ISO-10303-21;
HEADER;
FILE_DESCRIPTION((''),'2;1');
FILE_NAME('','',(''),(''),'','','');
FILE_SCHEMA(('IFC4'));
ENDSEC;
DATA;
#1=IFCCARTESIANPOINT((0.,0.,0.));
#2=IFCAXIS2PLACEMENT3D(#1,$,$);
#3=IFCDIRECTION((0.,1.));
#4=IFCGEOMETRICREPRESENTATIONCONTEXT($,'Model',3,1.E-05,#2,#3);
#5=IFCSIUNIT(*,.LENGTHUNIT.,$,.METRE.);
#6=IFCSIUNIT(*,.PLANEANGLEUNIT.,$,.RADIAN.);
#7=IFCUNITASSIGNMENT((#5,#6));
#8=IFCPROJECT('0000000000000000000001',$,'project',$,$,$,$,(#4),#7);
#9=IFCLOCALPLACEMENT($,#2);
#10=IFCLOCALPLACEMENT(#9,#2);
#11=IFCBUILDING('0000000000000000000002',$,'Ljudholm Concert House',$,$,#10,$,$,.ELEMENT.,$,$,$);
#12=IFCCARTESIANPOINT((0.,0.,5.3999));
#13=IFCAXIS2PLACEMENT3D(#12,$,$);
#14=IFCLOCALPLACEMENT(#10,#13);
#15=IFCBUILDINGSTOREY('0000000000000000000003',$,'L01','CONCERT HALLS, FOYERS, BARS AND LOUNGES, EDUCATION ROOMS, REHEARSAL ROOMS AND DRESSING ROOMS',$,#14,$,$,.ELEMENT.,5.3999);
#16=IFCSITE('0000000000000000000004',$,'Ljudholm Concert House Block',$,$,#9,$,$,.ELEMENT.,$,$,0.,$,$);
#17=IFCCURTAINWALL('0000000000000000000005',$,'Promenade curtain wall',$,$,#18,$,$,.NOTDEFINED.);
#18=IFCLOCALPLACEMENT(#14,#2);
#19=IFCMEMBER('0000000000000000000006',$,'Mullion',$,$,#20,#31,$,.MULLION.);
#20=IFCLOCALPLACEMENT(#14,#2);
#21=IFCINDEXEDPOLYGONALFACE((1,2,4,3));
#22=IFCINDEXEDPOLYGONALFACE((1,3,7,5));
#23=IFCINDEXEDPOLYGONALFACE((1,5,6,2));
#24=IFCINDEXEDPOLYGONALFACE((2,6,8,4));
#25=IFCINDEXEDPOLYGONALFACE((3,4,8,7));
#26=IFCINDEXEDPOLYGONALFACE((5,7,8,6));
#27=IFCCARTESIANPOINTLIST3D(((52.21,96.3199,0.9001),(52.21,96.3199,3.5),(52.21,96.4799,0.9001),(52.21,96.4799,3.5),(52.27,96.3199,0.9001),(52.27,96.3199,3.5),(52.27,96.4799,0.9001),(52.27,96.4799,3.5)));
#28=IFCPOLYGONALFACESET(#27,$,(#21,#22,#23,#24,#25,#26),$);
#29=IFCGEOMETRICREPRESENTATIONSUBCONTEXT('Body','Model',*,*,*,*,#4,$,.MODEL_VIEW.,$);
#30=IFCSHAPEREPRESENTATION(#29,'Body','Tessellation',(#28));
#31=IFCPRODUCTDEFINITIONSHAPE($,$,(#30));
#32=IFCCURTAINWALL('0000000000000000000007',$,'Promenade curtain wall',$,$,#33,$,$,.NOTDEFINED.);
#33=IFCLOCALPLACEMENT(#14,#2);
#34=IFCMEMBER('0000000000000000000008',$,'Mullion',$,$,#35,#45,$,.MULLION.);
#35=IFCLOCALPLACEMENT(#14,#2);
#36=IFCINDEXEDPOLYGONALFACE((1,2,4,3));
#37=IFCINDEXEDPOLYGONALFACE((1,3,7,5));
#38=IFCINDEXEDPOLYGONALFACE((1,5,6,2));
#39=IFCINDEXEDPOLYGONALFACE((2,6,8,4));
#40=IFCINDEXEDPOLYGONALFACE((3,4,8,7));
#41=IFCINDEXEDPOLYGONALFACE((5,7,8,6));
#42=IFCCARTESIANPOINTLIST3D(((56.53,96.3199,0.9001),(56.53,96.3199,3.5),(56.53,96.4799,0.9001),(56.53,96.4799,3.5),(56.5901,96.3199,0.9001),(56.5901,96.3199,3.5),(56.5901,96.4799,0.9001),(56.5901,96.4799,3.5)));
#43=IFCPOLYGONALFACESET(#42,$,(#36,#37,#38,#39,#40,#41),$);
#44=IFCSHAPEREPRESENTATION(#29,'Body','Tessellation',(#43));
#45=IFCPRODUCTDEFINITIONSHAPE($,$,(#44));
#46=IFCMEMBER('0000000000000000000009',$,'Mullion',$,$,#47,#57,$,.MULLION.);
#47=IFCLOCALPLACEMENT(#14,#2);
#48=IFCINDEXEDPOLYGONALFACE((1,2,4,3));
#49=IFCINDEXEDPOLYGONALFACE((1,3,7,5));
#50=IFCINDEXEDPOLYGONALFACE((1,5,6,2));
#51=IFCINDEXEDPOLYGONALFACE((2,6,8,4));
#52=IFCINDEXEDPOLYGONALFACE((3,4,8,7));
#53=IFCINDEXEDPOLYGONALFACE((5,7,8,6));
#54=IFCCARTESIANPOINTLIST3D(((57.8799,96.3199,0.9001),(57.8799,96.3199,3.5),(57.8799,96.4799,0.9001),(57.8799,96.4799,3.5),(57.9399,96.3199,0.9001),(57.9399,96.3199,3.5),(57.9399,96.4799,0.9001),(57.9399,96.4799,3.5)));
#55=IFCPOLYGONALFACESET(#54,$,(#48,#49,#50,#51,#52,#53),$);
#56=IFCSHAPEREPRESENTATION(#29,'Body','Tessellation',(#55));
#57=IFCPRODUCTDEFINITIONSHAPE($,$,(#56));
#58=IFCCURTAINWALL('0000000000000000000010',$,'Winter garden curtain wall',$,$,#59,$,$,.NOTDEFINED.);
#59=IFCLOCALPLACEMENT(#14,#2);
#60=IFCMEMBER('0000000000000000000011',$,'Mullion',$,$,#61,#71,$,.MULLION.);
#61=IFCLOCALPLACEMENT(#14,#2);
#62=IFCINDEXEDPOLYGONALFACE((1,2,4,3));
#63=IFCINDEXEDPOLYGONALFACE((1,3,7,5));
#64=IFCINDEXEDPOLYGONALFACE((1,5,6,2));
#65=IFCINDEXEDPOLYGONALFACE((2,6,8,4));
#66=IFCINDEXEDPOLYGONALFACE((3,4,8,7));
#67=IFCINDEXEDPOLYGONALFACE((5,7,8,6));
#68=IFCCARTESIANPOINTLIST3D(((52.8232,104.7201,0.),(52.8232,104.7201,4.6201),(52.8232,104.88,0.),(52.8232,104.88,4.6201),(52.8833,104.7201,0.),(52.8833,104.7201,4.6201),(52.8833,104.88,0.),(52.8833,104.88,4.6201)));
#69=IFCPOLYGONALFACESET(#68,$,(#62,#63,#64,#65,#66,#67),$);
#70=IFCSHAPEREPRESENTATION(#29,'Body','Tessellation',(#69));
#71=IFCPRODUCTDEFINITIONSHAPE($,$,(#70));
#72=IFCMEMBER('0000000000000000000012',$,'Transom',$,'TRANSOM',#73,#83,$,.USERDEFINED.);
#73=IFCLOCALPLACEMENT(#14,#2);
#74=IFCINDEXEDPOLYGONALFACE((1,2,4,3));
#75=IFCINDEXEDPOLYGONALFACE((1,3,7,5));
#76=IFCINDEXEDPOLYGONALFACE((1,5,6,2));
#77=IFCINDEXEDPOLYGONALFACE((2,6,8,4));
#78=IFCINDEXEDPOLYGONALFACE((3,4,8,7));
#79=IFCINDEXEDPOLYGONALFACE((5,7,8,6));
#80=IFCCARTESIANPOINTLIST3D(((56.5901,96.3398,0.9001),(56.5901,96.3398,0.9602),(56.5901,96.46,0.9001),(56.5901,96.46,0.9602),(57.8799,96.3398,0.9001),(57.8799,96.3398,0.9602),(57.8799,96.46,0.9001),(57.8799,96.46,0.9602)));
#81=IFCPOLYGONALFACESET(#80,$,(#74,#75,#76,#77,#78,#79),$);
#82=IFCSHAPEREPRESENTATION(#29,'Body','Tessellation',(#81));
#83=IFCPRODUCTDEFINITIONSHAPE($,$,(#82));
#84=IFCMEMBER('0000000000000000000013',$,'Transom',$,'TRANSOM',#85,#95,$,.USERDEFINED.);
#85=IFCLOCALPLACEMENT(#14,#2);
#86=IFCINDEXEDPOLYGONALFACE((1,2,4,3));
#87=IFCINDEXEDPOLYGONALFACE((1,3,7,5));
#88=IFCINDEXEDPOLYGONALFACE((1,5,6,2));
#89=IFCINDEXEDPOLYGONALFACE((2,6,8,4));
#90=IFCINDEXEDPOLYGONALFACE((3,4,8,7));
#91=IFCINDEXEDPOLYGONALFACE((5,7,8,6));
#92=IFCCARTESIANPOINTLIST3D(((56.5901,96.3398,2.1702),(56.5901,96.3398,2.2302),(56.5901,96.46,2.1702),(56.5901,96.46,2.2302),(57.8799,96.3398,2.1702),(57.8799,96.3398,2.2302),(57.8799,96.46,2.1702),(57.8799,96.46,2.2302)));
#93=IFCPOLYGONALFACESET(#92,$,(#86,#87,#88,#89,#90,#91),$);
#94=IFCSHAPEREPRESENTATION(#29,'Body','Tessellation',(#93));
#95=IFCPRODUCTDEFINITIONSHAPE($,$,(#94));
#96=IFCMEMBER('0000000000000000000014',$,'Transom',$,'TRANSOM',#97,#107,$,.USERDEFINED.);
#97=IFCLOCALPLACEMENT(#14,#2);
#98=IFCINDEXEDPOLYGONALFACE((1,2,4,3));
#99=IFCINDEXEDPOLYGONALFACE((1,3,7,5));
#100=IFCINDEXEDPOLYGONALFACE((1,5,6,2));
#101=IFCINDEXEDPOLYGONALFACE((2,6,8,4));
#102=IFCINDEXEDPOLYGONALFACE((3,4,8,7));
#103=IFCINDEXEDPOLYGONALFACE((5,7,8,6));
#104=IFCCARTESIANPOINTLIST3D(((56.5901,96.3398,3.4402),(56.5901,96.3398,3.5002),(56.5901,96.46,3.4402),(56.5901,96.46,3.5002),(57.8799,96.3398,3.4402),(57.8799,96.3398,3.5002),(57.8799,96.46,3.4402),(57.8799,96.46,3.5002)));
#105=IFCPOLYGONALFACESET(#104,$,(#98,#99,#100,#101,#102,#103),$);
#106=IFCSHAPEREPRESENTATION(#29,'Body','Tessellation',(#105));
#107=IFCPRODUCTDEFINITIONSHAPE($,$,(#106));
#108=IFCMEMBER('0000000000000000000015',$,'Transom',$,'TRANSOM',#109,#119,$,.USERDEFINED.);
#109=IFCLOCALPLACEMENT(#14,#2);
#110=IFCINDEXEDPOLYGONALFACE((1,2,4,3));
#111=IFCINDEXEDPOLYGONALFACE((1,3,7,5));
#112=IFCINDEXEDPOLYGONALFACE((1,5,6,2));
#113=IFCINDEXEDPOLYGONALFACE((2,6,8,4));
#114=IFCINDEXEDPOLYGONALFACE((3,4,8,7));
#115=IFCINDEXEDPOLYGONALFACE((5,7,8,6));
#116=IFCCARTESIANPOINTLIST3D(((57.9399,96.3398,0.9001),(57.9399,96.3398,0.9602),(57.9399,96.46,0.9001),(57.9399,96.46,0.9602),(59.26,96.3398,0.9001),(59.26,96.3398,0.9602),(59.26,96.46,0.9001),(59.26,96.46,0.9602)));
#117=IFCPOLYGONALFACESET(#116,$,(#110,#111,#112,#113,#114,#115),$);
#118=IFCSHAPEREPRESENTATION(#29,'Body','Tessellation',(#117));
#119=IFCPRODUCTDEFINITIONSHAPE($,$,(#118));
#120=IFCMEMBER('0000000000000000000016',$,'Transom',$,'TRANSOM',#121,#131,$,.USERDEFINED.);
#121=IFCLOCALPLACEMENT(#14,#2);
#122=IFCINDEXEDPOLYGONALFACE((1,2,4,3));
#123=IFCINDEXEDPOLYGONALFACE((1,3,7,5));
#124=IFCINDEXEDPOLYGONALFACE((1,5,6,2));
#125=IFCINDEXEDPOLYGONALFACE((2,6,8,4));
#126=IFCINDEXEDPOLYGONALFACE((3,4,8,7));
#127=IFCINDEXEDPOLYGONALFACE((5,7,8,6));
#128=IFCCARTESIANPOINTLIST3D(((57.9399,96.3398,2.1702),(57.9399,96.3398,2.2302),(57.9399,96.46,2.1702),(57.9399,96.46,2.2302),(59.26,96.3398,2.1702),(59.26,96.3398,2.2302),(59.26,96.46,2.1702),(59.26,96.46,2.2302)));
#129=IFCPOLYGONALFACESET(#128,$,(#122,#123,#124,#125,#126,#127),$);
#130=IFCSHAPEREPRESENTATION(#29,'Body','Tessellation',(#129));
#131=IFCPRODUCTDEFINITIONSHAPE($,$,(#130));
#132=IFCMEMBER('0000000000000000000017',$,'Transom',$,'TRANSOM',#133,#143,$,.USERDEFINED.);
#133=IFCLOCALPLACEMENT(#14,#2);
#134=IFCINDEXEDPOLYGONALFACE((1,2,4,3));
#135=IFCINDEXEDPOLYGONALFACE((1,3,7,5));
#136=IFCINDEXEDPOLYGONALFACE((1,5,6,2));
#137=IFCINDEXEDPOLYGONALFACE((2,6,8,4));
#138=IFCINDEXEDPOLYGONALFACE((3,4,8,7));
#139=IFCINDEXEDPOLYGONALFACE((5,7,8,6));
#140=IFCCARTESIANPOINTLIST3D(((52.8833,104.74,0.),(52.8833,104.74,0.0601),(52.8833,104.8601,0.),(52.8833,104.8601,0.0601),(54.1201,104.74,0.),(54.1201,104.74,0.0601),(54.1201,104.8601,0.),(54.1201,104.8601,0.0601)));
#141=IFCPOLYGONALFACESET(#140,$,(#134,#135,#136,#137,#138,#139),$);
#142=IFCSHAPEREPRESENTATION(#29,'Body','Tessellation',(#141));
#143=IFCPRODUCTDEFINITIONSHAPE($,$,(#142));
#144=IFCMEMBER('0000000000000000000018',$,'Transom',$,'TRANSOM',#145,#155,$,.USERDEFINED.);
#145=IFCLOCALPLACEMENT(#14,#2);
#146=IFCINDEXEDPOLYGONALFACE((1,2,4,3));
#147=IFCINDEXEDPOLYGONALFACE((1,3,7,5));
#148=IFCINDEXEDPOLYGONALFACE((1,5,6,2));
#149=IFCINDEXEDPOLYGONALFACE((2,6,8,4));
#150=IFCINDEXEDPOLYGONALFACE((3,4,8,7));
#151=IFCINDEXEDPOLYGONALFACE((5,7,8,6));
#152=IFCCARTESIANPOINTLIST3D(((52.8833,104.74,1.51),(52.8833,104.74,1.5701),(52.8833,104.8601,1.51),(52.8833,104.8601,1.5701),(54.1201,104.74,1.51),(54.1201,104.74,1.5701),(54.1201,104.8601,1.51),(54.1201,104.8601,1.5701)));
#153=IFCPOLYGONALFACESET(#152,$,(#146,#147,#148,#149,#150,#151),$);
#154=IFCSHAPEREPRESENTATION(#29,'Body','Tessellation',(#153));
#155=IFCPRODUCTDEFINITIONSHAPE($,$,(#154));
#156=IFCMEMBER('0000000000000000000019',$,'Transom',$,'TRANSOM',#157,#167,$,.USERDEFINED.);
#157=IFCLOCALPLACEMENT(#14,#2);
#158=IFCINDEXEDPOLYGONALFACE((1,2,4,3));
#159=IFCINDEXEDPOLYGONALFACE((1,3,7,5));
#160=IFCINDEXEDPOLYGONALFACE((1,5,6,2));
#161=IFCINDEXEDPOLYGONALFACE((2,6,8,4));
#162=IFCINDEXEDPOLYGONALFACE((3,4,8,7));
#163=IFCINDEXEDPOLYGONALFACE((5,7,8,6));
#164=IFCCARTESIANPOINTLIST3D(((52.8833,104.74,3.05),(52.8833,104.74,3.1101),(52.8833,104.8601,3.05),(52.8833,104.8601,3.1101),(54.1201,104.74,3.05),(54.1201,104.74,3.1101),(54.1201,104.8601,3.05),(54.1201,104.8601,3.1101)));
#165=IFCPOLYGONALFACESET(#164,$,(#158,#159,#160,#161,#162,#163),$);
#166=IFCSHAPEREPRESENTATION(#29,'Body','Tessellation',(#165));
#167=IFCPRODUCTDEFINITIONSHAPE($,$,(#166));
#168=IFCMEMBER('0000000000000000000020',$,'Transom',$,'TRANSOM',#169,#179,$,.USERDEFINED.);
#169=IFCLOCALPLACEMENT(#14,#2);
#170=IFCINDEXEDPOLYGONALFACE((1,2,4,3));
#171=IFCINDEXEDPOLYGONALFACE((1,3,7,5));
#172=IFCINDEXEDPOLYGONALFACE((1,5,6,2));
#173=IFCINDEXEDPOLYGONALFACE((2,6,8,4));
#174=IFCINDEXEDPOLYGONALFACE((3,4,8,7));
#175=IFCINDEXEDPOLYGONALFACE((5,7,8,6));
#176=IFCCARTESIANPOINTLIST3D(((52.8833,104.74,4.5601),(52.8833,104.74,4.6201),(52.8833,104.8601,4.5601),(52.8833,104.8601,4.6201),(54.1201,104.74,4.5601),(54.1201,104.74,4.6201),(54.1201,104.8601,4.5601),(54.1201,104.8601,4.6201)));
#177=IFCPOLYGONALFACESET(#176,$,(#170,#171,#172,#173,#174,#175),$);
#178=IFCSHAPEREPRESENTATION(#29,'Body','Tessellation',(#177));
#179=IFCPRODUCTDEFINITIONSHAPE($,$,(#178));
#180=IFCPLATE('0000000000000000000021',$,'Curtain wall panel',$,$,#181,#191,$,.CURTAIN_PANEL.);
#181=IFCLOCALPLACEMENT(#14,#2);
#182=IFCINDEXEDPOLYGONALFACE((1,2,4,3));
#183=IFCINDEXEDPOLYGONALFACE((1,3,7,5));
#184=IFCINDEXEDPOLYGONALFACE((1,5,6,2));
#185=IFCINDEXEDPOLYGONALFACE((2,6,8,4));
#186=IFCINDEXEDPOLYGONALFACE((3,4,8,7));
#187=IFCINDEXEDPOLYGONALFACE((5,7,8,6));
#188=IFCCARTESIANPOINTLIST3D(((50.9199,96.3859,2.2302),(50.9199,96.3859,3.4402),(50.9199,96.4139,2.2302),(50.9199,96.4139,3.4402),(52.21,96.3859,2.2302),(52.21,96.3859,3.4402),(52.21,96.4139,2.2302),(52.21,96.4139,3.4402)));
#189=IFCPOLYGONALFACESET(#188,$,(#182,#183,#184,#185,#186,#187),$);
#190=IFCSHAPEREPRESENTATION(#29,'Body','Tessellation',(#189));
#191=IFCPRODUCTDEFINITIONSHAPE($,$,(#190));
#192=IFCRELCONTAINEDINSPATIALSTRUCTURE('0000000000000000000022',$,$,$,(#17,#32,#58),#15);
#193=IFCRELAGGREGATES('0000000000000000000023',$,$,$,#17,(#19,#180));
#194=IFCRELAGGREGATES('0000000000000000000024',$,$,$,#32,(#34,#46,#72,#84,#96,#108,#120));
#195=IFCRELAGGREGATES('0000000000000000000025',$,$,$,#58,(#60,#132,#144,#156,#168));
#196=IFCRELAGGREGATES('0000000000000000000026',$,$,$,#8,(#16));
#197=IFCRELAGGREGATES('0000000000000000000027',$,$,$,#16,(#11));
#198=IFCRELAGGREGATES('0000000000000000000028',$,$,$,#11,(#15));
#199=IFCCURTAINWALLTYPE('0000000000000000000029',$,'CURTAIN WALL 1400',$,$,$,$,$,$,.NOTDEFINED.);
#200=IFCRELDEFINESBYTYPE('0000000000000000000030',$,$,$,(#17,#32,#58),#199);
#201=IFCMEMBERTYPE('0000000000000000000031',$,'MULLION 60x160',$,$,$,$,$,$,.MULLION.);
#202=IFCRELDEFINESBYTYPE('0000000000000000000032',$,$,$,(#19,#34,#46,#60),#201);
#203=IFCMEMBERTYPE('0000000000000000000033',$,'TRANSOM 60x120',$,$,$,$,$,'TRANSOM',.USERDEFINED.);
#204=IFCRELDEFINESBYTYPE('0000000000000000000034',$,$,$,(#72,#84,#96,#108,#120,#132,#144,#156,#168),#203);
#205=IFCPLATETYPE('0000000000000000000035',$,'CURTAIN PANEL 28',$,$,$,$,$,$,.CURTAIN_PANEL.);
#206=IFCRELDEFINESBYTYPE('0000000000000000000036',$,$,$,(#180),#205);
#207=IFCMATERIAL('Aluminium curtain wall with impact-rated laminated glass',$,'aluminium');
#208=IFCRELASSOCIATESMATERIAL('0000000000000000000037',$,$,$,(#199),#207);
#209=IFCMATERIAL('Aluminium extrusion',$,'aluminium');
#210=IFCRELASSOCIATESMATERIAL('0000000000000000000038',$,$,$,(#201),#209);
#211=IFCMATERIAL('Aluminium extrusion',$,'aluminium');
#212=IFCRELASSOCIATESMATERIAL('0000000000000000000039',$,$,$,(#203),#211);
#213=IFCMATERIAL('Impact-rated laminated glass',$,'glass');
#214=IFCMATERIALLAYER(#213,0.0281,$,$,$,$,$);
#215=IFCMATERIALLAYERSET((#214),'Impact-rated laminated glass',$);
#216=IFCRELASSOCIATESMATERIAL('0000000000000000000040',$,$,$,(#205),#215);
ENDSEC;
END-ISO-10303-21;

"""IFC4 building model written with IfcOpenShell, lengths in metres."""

from ifc_helpers import new_model, si_unit, direction, frame, origin, origin_2d, place, context, subcontext, project, spatial, rectangle, extrude, material, layer, layer_set, material_profile, profile_set, type_object, element, aggregate, save


model = new_model("IFC4")

# Units and contexts
model_context = context("Model", 3, precision=1e-05, world=origin(), true_north=direction((0.0, 1.0)))
body_context = subcontext(model_context, "Body", "Model", "MODEL_VIEW")
ifc_project = project(units=[si_unit("LENGTHUNIT", "METRE"), si_unit("PLANEANGLEUNIT", "RADIAN")], contexts=[model_context])

# Site, building, storey
site_placement = place(None, origin())
site = spatial("IfcSite", under=ifc_project, at=site_placement, Name="Ljudholm Concert House Block", CompositionType="ELEMENT", RefElevation=0.0)
building_placement = place(site_placement, origin())
building = spatial("IfcBuilding", under=site, at=building_placement, Name="Ljudholm Concert House", CompositionType="ELEMENT")
storey_placement = place(building_placement, frame((0.0, 0.0, 5.3999)))
storey = spatial("IfcBuildingStorey", under=building, at=storey_placement, Name="L01", Description="CONCERT HALLS, FOYERS, BARS AND LOUNGES, EDUCATION ROOMS, REHEARSAL ROOMS AND DRESSING ROOMS", CompositionType="ELEMENT", Elevation=5.3999)

# Curtain wall, member
ifc_material_1 = material(Name="Aluminium curtain wall with impact-rated laminated glass", Category="aluminium")
curtain_wall_type = type_object("IfcCurtainWallType", Name="CURTAIN WALL 1400", PredefinedType="NOTDEFINED", material=ifc_material_1)
curtain_wall_1_placement = place(storey_placement, origin())
curtain_wall_1 = element("IfcCurtainWall", 1, at=curtain_wall_1_placement, inside=storey, type_object=curtain_wall_type, Name="Promenade curtain wall", PredefinedType="NOTDEFINED")
ifc_material_2 = material(Name="Aluminium extrusion", Category="aluminium")
ifc_material_profile_1 = material_profile(ifc_material_2, rectangle(XDim=0.1599, YDim=0.0601, at=origin_2d()), Name="MULLION 60x160")
ifc_profile_set_1 = profile_set([ifc_material_profile_1], Name="Aluminium extrusion")
member_type_1 = type_object("IfcMemberType", Name="MULLION 60x160", PredefinedType="MULLION", material=ifc_profile_set_1)
member_1_placement = place(storey_placement, frame((52.24, 96.3999, 0.9001), z_axis=(0.0, 0.0, 1.0), x_axis=(0.0, 1.0, 0.0)))
member_1 = element("IfcMember", 2, at=member_1_placement, type_object=member_type_1, Name="Mullion", PredefinedType="MULLION", context=body_context, shape_type="SweptSolid", body=[
    extrude(rectangle(XDim=0.1599, YDim=0.0601, at=origin_2d()), origin(), (0.0, 0.0, 1.0), 2.5999),
])

# Curtain wall, members
curtain_wall_2_placement = place(storey_placement, origin())
curtain_wall_2 = element("IfcCurtainWall", 3, at=curtain_wall_2_placement, inside=storey, type_object=curtain_wall_type, Name="Promenade curtain wall", PredefinedType="NOTDEFINED")
member_2_placement = place(storey_placement, frame((56.5601, 96.3999, 0.9001), z_axis=(0.0, 0.0, 1.0), x_axis=(0.0, 1.0, 0.0)))
member_2 = element("IfcMember", 4, at=member_2_placement, type_object=member_type_1, Name="Mullion", PredefinedType="MULLION", context=body_context, shape_type="SweptSolid", body=[
    extrude(rectangle(XDim=0.1599, YDim=0.0601, at=origin_2d()), origin(), (0.0, 0.0, 1.0), 2.5999),
])
member_3_placement = place(storey_placement, frame((57.9099, 96.3999, 0.9001), z_axis=(0.0, 0.0, 1.0), x_axis=(0.0, 1.0, 0.0)))
member_3 = element("IfcMember", 5, at=member_3_placement, type_object=member_type_1, Name="Mullion", PredefinedType="MULLION", context=body_context, shape_type="SweptSolid", body=[
    extrude(rectangle(XDim=0.1599, YDim=0.0601, at=origin_2d()), origin(), (0.0, 0.0, 1.0), 2.5999),
])

# Curtain wall, member
curtain_wall_3_placement = place(storey_placement, origin())
curtain_wall_3 = element("IfcCurtainWall", 6, at=curtain_wall_3_placement, inside=storey, type_object=curtain_wall_type, Name="Winter garden curtain wall", PredefinedType="NOTDEFINED")
member_4_placement = place(storey_placement, frame((52.8533, 104.8, 0.0), z_axis=(0.0, 0.0, 1.0), x_axis=(0.0, 1.0, 0.0)))
member_4 = element("IfcMember", 7, at=member_4_placement, type_object=member_type_1, Name="Mullion", PredefinedType="MULLION", context=body_context, shape_type="SweptSolid", body=[
    extrude(rectangle(XDim=0.1599, YDim=0.0601, at=origin_2d()), origin(), (0.0, 0.0, 1.0), 4.6201),
])

# Members
ifc_material_3 = material(Name="Aluminium extrusion", Category="aluminium")
ifc_material_profile_2 = material_profile(ifc_material_3, rectangle(XDim=0.1201, YDim=0.0601, at=origin_2d()), Name="TRANSOM 60x120")
ifc_profile_set_2 = profile_set([ifc_material_profile_2], Name="Aluminium extrusion")
member_type_2 = type_object("IfcMemberType", Name="TRANSOM 60x120", ElementType="TRANSOM", PredefinedType="USERDEFINED", material=ifc_profile_set_2)
member_5_placement = place(storey_placement, frame((56.5901, 96.3999, 0.9302), z_axis=(1.0, 0.0, 0.0), x_axis=(0.0, 1.0, 0.0)))
member_5 = element("IfcMember", 8, at=member_5_placement, type_object=member_type_2, Name="Transom", ObjectType="TRANSOM", PredefinedType="USERDEFINED", context=body_context, shape_type="SweptSolid", body=[
    extrude(rectangle(XDim=0.1201, YDim=0.0601, at=origin_2d()), origin(), (0.0, 0.0, 1.0), 1.2898),
])
member_6_placement = place(storey_placement, frame((56.5901, 96.3999, 2.2002), z_axis=(1.0, 0.0, 0.0), x_axis=(0.0, 1.0, 0.0)))
member_6 = element("IfcMember", 9, at=member_6_placement, type_object=member_type_2, Name="Transom", ObjectType="TRANSOM", PredefinedType="USERDEFINED", context=body_context, shape_type="SweptSolid", body=[
    extrude(rectangle(XDim=0.1201, YDim=0.0601, at=origin_2d()), origin(), (0.0, 0.0, 1.0), 1.2898),
])
member_7_placement = place(storey_placement, frame((56.5901, 96.3999, 3.4702), z_axis=(1.0, 0.0, 0.0), x_axis=(0.0, 1.0, 0.0)))
member_7 = element("IfcMember", 10, at=member_7_placement, type_object=member_type_2, Name="Transom", ObjectType="TRANSOM", PredefinedType="USERDEFINED", context=body_context, shape_type="SweptSolid", body=[
    extrude(rectangle(XDim=0.1201, YDim=0.0601, at=origin_2d()), origin(), (0.0, 0.0, 1.0), 1.2898),
])
member_8_placement = place(storey_placement, frame((57.9399, 96.3999, 0.9302), z_axis=(1.0, 0.0, 0.0), x_axis=(0.0, 1.0, 0.0)))
member_8 = element("IfcMember", 11, at=member_8_placement, type_object=member_type_2, Name="Transom", ObjectType="TRANSOM", PredefinedType="USERDEFINED", context=body_context, shape_type="SweptSolid", body=[
    extrude(rectangle(XDim=0.1201, YDim=0.0601, at=origin_2d()), origin(), (0.0, 0.0, 1.0), 1.3201),
])
member_9_placement = place(storey_placement, frame((57.9399, 96.3999, 2.2002), z_axis=(1.0, 0.0, 0.0), x_axis=(0.0, 1.0, 0.0)))
member_9 = element("IfcMember", 12, at=member_9_placement, type_object=member_type_2, Name="Transom", ObjectType="TRANSOM", PredefinedType="USERDEFINED", context=body_context, shape_type="SweptSolid", body=[
    extrude(rectangle(XDim=0.1201, YDim=0.0601, at=origin_2d()), origin(), (0.0, 0.0, 1.0), 1.3201),
])
member_10_placement = place(storey_placement, frame((52.8833, 104.8, 0.03), z_axis=(1.0, 0.0, 0.0), x_axis=(0.0, 1.0, 0.0)))
member_10 = element("IfcMember", 13, at=member_10_placement, type_object=member_type_2, Name="Transom", ObjectType="TRANSOM", PredefinedType="USERDEFINED", context=body_context, shape_type="SweptSolid", body=[
    extrude(rectangle(XDim=0.1201, YDim=0.0601, at=origin_2d()), origin(), (0.0, 0.0, 1.0), 1.2368),
])
member_11_placement = place(storey_placement, frame((52.8833, 104.8, 1.54), z_axis=(1.0, 0.0, 0.0), x_axis=(0.0, 1.0, 0.0)))
member_11 = element("IfcMember", 14, at=member_11_placement, type_object=member_type_2, Name="Transom", ObjectType="TRANSOM", PredefinedType="USERDEFINED", context=body_context, shape_type="SweptSolid", body=[
    extrude(rectangle(XDim=0.1201, YDim=0.0601, at=origin_2d()), origin(), (0.0, 0.0, 1.0), 1.2368),
])
member_12_placement = place(storey_placement, frame((52.8833, 104.8, 3.0801), z_axis=(1.0, 0.0, 0.0), x_axis=(0.0, 1.0, 0.0)))
member_12 = element("IfcMember", 15, at=member_12_placement, type_object=member_type_2, Name="Transom", ObjectType="TRANSOM", PredefinedType="USERDEFINED", context=body_context, shape_type="SweptSolid", body=[
    extrude(rectangle(XDim=0.1201, YDim=0.0601, at=origin_2d()), origin(), (0.0, 0.0, 1.0), 1.2368),
])
member_13_placement = place(storey_placement, frame((52.8833, 104.8, 4.5901), z_axis=(1.0, 0.0, 0.0), x_axis=(0.0, 1.0, 0.0)))
member_13 = element("IfcMember", 16, at=member_13_placement, type_object=member_type_2, Name="Transom", ObjectType="TRANSOM", PredefinedType="USERDEFINED", context=body_context, shape_type="SweptSolid", body=[
    extrude(rectangle(XDim=0.1201, YDim=0.0601, at=origin_2d()), origin(), (0.0, 0.0, 1.0), 1.2368),
])

# Plate
ifc_material_4 = material(Name="Impact-rated laminated glass", Category="glass")
ifc_layer_1 = layer(ifc_material_4, 0.0281)
ifc_layer_set_1 = layer_set([ifc_layer_1], Name="Impact-rated laminated glass")
plate_type = type_object("IfcPlateType", Name="CURTAIN PANEL 28", PredefinedType="CURTAIN_PANEL", material=ifc_layer_set_1)
plate_1_placement = place(storey_placement, frame((51.5649, 96.3999, 2.2302), z_axis=(0.0, 0.0, 1.0), x_axis=(1.0, 0.0, 0.0)))
plate_1 = element("IfcPlate", 17, at=plate_1_placement, type_object=plate_type, Name="Curtain wall panel", PredefinedType="CURTAIN_PANEL", context=body_context, shape_type="SweptSolid", body=[
    extrude(rectangle(XDim=1.29, YDim=0.0281, at=origin_2d()), origin(), (0.0, 0.0, 1.0), 1.21),
])
aggregate(curtain_wall_1, [member_1, plate_1])
aggregate(curtain_wall_2, [member_2, member_3, member_5, member_6, member_7, member_8, member_9])
aggregate(curtain_wall_3, [member_4, member_10, member_11, member_12, member_13])

save(model, "model.ifc")
